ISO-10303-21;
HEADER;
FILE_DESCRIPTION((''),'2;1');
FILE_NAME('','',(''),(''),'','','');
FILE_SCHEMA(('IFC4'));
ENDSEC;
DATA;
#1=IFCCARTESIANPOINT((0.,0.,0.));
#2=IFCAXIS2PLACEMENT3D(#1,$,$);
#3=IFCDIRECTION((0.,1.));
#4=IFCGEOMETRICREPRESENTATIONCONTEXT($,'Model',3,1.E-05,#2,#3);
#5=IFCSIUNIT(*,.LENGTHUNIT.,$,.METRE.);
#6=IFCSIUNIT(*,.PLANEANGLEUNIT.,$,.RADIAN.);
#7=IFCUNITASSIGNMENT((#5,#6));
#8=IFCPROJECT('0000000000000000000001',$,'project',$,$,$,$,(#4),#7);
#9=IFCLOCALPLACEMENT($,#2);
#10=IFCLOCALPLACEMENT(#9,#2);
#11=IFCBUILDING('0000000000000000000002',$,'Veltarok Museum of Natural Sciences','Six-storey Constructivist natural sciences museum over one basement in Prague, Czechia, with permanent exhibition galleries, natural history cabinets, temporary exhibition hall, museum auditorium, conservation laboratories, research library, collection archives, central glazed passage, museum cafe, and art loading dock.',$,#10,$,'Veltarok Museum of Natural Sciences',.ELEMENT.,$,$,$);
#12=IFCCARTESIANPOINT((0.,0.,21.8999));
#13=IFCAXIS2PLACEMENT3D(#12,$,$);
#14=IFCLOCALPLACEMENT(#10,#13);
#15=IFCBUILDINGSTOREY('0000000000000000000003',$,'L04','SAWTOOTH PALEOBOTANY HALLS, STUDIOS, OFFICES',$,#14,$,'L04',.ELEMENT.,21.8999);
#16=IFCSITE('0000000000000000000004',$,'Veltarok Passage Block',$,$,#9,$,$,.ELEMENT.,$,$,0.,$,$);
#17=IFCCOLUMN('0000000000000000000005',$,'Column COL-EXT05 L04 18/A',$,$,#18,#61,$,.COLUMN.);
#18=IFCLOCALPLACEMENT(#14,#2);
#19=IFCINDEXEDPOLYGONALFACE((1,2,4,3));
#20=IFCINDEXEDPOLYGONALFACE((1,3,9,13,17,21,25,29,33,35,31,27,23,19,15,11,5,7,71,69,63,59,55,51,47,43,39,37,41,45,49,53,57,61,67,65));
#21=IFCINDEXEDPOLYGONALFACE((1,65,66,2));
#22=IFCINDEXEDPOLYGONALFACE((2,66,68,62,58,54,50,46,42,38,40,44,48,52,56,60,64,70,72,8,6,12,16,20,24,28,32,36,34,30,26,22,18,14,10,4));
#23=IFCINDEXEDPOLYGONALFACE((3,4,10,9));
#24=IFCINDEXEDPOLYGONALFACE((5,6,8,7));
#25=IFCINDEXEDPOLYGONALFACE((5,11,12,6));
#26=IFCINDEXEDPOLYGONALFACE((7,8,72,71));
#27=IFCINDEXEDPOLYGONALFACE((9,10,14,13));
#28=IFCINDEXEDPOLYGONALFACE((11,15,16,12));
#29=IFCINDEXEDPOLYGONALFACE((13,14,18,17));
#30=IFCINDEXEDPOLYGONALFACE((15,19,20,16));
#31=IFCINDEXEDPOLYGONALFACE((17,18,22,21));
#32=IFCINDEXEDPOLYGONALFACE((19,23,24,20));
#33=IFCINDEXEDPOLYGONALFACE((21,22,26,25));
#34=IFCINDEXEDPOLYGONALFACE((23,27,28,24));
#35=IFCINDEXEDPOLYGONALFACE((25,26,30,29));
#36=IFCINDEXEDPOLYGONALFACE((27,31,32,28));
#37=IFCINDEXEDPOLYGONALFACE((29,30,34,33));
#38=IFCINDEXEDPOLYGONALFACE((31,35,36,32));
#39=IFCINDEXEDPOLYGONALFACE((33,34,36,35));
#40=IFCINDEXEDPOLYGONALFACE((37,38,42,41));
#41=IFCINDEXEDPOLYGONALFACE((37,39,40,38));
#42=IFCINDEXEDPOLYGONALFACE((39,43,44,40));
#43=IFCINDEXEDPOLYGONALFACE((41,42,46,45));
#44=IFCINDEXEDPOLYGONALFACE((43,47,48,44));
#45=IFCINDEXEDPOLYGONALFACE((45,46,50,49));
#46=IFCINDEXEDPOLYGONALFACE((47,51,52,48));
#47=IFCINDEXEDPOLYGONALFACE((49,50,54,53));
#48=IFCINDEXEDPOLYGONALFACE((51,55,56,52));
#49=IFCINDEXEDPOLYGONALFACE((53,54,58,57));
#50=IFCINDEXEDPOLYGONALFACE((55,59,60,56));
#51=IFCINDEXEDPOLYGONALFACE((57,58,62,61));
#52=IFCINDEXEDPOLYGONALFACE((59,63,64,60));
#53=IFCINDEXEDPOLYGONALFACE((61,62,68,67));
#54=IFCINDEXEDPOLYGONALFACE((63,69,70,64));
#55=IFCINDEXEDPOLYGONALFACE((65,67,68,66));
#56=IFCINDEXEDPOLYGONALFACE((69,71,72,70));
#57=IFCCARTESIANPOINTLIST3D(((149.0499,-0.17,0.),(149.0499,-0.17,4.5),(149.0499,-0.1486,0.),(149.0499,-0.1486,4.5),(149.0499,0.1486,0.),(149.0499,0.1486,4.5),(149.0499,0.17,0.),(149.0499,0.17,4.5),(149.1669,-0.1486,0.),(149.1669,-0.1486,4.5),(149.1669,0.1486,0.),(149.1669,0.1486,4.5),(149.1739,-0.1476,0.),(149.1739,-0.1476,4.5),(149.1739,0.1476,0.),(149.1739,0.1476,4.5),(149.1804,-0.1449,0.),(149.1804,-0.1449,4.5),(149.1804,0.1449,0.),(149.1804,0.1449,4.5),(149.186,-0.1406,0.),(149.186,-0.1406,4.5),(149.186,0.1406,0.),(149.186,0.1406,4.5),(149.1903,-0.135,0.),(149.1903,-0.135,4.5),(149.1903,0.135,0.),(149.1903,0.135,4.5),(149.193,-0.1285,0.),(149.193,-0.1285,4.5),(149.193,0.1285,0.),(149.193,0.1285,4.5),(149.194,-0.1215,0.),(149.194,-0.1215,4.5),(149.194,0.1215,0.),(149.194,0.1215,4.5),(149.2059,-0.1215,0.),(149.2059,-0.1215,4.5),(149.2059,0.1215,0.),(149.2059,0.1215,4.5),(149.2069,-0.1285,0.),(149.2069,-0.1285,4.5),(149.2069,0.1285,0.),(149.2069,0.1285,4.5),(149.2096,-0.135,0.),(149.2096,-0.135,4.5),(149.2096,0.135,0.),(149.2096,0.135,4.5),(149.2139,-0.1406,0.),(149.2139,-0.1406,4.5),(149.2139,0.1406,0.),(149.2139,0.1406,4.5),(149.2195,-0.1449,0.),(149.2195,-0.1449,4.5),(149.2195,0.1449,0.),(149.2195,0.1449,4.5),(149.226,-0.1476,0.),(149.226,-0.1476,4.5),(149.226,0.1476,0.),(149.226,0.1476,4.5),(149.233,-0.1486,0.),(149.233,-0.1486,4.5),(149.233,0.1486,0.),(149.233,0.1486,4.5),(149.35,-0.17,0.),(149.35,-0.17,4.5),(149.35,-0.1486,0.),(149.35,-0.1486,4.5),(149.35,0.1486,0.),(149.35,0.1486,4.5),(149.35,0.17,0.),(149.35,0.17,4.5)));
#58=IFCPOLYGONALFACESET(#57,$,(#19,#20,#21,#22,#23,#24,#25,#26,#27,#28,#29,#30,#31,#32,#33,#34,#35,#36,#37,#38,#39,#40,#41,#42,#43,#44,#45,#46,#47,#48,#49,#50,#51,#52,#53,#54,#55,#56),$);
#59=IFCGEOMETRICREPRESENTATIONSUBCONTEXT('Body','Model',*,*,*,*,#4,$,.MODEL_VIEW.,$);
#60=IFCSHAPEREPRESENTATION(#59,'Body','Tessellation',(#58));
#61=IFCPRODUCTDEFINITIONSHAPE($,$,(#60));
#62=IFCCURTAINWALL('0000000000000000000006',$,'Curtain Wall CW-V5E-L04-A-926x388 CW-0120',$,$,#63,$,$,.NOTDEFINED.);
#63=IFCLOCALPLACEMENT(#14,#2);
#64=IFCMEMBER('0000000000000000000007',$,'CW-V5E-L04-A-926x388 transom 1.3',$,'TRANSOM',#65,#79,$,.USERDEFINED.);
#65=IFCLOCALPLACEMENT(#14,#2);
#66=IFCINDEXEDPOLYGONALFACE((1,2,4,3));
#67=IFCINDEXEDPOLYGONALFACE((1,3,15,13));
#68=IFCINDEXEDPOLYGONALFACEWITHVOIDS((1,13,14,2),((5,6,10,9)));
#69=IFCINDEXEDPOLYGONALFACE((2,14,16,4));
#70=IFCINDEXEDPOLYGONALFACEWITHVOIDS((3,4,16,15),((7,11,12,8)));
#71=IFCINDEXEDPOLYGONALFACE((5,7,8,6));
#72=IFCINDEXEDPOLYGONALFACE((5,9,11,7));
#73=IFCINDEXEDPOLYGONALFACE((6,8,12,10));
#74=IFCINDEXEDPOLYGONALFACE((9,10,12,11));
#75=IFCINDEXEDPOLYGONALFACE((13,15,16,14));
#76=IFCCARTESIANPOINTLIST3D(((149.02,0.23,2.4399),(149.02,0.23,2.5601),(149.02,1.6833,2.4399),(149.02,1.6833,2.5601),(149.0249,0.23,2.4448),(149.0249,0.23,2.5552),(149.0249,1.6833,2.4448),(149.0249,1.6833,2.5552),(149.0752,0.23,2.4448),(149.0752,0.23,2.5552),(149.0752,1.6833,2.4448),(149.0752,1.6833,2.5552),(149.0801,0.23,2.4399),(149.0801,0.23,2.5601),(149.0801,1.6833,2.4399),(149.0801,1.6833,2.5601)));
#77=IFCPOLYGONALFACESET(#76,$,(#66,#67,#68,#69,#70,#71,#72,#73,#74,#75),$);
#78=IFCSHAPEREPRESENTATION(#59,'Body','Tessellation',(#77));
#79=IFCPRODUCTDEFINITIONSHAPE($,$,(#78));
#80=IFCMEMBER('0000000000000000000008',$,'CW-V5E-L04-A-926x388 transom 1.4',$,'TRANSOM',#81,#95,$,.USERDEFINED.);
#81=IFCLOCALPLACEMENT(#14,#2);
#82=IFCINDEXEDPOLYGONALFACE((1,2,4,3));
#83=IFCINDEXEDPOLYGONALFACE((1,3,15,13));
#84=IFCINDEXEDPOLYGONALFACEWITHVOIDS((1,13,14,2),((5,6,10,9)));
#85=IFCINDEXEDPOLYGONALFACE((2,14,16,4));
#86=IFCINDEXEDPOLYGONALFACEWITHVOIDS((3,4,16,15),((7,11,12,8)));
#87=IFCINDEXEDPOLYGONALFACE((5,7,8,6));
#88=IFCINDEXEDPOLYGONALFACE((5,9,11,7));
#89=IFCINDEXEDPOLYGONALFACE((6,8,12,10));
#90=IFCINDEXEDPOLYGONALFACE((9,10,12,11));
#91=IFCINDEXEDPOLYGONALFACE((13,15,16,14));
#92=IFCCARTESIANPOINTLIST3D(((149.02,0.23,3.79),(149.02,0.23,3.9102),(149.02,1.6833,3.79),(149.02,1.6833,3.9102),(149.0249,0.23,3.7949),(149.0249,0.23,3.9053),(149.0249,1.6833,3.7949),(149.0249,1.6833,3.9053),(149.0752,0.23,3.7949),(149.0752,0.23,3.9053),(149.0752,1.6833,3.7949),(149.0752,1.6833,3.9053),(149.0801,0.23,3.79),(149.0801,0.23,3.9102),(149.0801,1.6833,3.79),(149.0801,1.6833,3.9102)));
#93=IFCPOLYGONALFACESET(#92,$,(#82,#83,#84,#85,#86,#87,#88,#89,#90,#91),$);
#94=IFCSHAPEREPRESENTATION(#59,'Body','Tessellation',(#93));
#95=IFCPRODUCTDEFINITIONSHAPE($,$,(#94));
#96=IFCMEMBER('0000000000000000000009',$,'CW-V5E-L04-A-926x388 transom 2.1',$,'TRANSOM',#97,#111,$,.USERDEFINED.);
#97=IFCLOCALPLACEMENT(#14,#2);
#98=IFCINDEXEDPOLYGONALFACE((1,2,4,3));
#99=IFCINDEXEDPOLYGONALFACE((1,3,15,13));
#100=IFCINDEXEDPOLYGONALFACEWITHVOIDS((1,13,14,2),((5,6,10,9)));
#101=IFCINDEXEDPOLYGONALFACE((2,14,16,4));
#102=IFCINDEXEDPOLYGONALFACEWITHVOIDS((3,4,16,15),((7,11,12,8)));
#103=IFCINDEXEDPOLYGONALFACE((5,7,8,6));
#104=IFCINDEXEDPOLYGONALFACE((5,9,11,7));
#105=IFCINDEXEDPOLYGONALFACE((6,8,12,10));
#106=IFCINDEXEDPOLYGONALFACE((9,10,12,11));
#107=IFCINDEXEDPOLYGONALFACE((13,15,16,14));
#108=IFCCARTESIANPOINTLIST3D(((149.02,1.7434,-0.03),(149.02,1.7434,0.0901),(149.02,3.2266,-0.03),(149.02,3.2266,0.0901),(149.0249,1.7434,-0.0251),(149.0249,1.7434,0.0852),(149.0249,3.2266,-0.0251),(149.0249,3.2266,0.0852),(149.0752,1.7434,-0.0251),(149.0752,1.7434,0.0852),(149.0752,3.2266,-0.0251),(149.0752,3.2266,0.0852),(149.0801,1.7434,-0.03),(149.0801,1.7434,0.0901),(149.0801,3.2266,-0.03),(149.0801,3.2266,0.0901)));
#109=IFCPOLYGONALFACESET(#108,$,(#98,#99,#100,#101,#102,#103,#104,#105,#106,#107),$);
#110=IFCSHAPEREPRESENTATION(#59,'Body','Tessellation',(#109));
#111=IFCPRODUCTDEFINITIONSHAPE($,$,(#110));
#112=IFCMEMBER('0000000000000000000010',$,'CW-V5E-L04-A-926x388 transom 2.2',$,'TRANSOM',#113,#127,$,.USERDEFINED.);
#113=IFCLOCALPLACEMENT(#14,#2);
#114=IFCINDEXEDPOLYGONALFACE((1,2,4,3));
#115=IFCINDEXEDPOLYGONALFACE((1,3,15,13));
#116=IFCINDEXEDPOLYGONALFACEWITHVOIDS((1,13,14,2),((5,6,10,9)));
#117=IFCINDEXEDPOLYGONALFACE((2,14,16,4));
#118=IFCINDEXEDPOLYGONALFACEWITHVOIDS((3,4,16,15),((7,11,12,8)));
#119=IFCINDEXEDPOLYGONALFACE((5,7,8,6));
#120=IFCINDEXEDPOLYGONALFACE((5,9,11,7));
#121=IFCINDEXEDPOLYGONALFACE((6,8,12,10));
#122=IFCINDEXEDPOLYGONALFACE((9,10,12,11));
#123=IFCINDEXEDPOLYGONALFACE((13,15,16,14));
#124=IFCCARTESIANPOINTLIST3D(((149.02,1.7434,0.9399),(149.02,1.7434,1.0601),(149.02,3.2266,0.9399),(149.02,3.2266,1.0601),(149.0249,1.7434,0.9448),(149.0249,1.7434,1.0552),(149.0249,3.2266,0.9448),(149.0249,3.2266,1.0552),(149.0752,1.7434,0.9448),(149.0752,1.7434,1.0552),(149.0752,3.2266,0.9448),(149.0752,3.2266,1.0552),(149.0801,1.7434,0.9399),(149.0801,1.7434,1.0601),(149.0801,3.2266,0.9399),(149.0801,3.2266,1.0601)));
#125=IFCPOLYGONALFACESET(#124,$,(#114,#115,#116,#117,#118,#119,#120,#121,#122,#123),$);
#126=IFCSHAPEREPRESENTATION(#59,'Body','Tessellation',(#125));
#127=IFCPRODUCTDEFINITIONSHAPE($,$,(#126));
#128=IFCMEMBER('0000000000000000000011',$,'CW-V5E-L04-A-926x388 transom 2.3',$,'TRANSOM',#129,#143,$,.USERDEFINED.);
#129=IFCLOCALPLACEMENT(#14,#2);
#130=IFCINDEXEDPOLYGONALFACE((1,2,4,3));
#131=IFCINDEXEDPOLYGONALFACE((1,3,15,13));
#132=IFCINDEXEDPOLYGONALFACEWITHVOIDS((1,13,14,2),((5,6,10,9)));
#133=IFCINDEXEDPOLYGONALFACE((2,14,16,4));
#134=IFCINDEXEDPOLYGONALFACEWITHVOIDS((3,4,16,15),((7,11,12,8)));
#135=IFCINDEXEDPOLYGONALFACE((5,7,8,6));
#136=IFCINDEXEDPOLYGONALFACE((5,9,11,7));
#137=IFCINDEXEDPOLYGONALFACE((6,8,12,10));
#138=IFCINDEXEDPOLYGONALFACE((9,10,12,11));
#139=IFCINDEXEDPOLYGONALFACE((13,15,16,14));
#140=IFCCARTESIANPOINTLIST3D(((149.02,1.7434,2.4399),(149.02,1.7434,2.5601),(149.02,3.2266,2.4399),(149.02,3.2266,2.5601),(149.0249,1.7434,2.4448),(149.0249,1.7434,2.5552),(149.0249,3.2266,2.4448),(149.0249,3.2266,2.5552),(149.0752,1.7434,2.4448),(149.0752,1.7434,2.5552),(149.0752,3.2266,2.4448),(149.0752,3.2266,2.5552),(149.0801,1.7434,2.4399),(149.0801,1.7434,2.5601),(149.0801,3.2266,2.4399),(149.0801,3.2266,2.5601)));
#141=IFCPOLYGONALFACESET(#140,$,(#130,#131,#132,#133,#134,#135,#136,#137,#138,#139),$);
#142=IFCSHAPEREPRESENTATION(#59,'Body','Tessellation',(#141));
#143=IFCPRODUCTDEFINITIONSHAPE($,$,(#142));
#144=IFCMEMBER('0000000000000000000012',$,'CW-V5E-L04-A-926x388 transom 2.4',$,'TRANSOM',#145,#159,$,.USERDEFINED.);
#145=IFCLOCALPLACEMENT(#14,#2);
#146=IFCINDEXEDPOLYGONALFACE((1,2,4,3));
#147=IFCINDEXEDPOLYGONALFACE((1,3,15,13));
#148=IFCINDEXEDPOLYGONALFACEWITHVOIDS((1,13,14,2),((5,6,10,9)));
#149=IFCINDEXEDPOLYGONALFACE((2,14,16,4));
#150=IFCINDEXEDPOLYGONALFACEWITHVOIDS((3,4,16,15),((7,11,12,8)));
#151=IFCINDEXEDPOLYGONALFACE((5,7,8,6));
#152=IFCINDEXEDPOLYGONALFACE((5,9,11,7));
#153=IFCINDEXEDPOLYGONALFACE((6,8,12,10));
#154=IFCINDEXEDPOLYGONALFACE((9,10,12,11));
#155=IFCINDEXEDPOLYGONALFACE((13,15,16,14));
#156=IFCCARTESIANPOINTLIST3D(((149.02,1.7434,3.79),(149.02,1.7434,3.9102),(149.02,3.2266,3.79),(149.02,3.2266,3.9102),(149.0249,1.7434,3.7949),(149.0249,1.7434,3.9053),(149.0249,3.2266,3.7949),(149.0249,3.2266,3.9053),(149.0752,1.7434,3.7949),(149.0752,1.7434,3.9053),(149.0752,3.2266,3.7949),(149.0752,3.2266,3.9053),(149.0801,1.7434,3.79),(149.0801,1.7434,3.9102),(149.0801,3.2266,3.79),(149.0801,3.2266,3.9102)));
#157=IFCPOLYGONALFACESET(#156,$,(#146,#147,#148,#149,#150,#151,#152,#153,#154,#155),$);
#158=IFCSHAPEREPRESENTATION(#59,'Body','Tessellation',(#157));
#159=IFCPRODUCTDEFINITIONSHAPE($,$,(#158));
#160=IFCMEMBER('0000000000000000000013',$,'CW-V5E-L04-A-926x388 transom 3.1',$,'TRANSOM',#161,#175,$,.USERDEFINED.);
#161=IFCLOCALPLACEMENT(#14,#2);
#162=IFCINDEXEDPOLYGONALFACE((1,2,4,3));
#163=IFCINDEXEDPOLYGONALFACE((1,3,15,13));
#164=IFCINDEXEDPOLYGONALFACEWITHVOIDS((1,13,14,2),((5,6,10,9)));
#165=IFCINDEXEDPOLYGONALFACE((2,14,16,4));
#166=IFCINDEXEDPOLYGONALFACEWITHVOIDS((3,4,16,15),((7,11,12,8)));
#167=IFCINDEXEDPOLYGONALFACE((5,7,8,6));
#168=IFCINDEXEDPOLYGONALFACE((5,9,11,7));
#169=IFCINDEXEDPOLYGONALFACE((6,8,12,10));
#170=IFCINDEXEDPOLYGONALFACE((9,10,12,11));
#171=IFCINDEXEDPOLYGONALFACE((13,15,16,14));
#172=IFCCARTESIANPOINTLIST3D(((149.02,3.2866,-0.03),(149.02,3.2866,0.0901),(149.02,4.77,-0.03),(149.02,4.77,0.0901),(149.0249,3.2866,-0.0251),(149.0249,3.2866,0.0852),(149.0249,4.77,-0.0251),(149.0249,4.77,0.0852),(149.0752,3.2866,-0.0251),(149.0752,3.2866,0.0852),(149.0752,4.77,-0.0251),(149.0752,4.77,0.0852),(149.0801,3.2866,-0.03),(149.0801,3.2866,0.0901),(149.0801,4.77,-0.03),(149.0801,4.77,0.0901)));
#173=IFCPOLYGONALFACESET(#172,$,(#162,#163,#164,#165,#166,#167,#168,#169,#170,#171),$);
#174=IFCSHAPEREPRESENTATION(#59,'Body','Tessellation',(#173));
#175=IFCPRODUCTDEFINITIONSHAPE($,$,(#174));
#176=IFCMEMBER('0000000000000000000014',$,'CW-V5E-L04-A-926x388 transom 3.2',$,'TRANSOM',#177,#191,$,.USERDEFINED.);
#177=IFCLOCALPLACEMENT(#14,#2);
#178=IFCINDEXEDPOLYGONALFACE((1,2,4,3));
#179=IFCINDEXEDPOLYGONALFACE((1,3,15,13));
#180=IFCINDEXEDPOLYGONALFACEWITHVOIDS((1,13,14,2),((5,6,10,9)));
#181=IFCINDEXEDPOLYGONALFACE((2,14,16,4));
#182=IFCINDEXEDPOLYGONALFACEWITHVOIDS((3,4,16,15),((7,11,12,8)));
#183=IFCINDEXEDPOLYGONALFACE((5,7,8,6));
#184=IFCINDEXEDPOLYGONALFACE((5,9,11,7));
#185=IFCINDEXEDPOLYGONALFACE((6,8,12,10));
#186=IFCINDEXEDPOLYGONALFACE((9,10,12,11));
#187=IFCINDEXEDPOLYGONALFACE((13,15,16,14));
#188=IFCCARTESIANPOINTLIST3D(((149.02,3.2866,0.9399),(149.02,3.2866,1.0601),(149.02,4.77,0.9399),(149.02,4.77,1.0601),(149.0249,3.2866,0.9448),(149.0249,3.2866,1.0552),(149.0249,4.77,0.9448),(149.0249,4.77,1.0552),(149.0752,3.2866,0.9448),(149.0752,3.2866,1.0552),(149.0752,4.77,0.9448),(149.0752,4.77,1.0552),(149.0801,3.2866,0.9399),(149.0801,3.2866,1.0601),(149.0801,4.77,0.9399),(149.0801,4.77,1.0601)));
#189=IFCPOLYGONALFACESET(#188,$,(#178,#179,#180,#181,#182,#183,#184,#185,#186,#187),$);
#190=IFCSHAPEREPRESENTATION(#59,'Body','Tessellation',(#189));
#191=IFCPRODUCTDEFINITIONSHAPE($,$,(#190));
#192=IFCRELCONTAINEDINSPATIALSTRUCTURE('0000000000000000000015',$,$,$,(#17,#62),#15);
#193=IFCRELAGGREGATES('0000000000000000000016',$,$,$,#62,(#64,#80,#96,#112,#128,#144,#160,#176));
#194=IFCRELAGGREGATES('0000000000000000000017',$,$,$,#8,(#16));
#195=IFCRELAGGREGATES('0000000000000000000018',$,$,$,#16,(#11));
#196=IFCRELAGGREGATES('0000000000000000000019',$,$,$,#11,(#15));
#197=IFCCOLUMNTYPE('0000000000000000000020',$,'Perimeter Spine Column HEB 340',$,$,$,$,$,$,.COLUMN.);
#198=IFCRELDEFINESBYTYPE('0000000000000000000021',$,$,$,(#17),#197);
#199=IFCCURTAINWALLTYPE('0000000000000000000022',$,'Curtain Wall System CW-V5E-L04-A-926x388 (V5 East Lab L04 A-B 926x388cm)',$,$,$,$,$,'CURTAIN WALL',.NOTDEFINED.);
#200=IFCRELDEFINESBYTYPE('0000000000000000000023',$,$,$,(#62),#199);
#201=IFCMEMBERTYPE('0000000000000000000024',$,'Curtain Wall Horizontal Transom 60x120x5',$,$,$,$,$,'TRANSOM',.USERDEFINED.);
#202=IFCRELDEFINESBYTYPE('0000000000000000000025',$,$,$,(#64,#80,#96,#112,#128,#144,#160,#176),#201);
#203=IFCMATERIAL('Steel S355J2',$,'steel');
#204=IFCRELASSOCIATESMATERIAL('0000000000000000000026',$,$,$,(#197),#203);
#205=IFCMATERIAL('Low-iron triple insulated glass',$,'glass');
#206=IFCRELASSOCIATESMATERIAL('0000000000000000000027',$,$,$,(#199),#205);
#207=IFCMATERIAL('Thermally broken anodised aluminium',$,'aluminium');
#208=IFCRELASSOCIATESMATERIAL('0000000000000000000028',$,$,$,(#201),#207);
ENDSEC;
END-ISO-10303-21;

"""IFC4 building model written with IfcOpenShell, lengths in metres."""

from ifc_helpers import new_model, si_unit, direction, frame, origin, origin_2d, place, context, subcontext, project, spatial, hollow_rectangle, i_section, extrude, material, material_profile, profile_set, type_object, element, aggregate, save


model = new_model("IFC4")

# Units and contexts
model_context = context("Model", 3, precision=1e-05, world=origin(), true_north=direction((0.0, 1.0)))
body_context = subcontext(model_context, "Body", "Model", "MODEL_VIEW")
ifc_project = project(units=[si_unit("LENGTHUNIT", "METRE"), si_unit("PLANEANGLEUNIT", "RADIAN")], contexts=[model_context])

# Site, building, storey
site_placement = place(None, origin())
site = spatial("IfcSite", under=ifc_project, at=site_placement, Name="Veltarok Passage Block", CompositionType="ELEMENT", RefElevation=0.0)
building_placement = place(site_placement, origin())
building = spatial("IfcBuilding", under=site, at=building_placement, Name="Veltarok Museum of Natural Sciences", Description="Six-storey Constructivist natural sciences museum over one basement in Prague, Czechia, with permanent exhibition galleries, natural history cabinets, temporary exhibition hall, museum auditorium, conservation laboratories, research library, collection archives, central glazed passage, museum cafe, and art loading dock.", LongName="Veltarok Museum of Natural Sciences", CompositionType="ELEMENT")
storey_placement = place(building_placement, frame((0.0, 0.0, 21.8999)))
storey = spatial("IfcBuildingStorey", under=building, at=storey_placement, Name="L04", Description="SAWTOOTH PALEOBOTANY HALLS, STUDIOS, OFFICES", LongName="L04", CompositionType="ELEMENT", Elevation=21.8999)

# Column
ifc_material_1 = material(Name="Steel S355J2", Category="steel")
ifc_material_profile_1 = material_profile(ifc_material_1, i_section(OverallWidth=0.3, OverallDepth=0.3401, WebThickness=0.012, FlangeThickness=0.0215, FilletRadius=0.0271, at=origin_2d()), Name="HEB 340")
ifc_profile_set_1 = profile_set([ifc_material_profile_1], Name="Steel S355J2")
column_type = type_object("IfcColumnType", Name="Perimeter Spine Column HEB 340", PredefinedType="COLUMN", material=ifc_profile_set_1)
column_placement = place(storey_placement, frame((149.2, 0.0, 0.0), z_axis=(0.0, 0.0, 1.0), x_axis=(1.0, 0.0, 0.0)))
element("IfcColumn", 1, at=column_placement, inside=storey, type_object=column_type, Name="Column COL-EXT05 L04 18/A", PredefinedType="COLUMN", context=body_context, shape_type="SweptSolid", body=[
    extrude(i_section(OverallWidth=0.3, OverallDepth=0.3401, WebThickness=0.012, FlangeThickness=0.0215, FilletRadius=0.0271, at=origin_2d()), origin(), (0.0, 0.0, 1.0), 4.5),
])

# Curtain wall, members
ifc_material_2 = material(Name="Low-iron triple insulated glass", Category="glass")
curtain_wall_type = type_object("IfcCurtainWallType", Name="Curtain Wall System CW-V5E-L04-A-926x388 (V5 East Lab L04 A-B 926x388cm)", ElementType="CURTAIN WALL", PredefinedType="NOTDEFINED", material=ifc_material_2)
curtain_wall_placement = place(storey_placement, origin())
curtain_wall = element("IfcCurtainWall", 2, at=curtain_wall_placement, inside=storey, type_object=curtain_wall_type, Name="Curtain Wall CW-V5E-L04-A-926x388 CW-0120", PredefinedType="NOTDEFINED")
ifc_material_3 = material(Name="Thermally broken anodised aluminium", Category="aluminium")
ifc_material_profile_2 = material_profile(ifc_material_3, hollow_rectangle(XDim=0.0601, YDim=0.1201, WallThickness=0.0049, at=origin_2d()), Name="CW TRANSOM 60x120x5")
ifc_profile_set_2 = profile_set([ifc_material_profile_2], Name="Thermally broken anodised aluminium")
member_type_1 = type_object("IfcMemberType", Name="Curtain Wall Horizontal Transom 60x120x5", ElementType="TRANSOM", PredefinedType="USERDEFINED", material=ifc_profile_set_2)
member_1_placement = place(storey_placement, frame((149.05, 0.23, 2.5), z_axis=(0.0, 1.0, 0.0), x_axis=(-1.0, 0.0, 0.0)))
member_1 = element("IfcMember", 3, at=member_1_placement, type_object=member_type_1, Name="CW-V5E-L04-A-926x388 transom 1.3", ObjectType="TRANSOM", PredefinedType="USERDEFINED", context=body_context, shape_type="SweptSolid", body=[
    extrude(hollow_rectangle(XDim=0.0601, YDim=0.1201, WallThickness=0.0049, at=origin_2d()), origin(), (0.0, 0.0, 1.0), 1.4534),
])
member_2_placement = place(storey_placement, frame((149.05, 0.23, 3.8501), z_axis=(0.0, 1.0, 0.0), x_axis=(-1.0, 0.0, 0.0)))
member_2 = element("IfcMember", 4, at=member_2_placement, type_object=member_type_1, Name="CW-V5E-L04-A-926x388 transom 1.4", ObjectType="TRANSOM", PredefinedType="USERDEFINED", context=body_context, shape_type="SweptSolid", body=[
    extrude(hollow_rectangle(XDim=0.0601, YDim=0.1201, WallThickness=0.0049, at=origin_2d()), origin(), (0.0, 0.0, 1.0), 1.4534),
])
member_3_placement = place(storey_placement, frame((149.05, 1.7434, 0.03), z_axis=(0.0, 1.0, 0.0), x_axis=(-1.0, 0.0, 0.0)))
member_3 = element("IfcMember", 5, at=member_3_placement, type_object=member_type_1, Name="CW-V5E-L04-A-926x388 transom 2.1", ObjectType="TRANSOM", PredefinedType="USERDEFINED", context=body_context, shape_type="SweptSolid", body=[
    extrude(hollow_rectangle(XDim=0.0601, YDim=0.1201, WallThickness=0.0049, at=origin_2d()), origin(), (0.0, 0.0, 1.0), 1.4832),
])
member_4_placement = place(storey_placement, frame((149.05, 1.7434, 1.0), z_axis=(0.0, 1.0, 0.0), x_axis=(-1.0, 0.0, 0.0)))
member_4 = element("IfcMember", 6, at=member_4_placement, type_object=member_type_1, Name="CW-V5E-L04-A-926x388 transom 2.2", ObjectType="TRANSOM", PredefinedType="USERDEFINED", context=body_context, shape_type="SweptSolid", body=[
    extrude(hollow_rectangle(XDim=0.0601, YDim=0.1201, WallThickness=0.0049, at=origin_2d()), origin(), (0.0, 0.0, 1.0), 1.4832),
])
member_5_placement = place(storey_placement, frame((149.05, 1.7434, 2.5), z_axis=(0.0, 1.0, 0.0), x_axis=(-1.0, 0.0, 0.0)))
member_5 = element("IfcMember", 7, at=member_5_placement, type_object=member_type_1, Name="CW-V5E-L04-A-926x388 transom 2.3", ObjectType="TRANSOM", PredefinedType="USERDEFINED", context=body_context, shape_type="SweptSolid", body=[
    extrude(hollow_rectangle(XDim=0.0601, YDim=0.1201, WallThickness=0.0049, at=origin_2d()), origin(), (0.0, 0.0, 1.0), 1.4832),
])
member_6_placement = place(storey_placement, frame((149.05, 1.7434, 3.8501), z_axis=(0.0, 1.0, 0.0), x_axis=(-1.0, 0.0, 0.0)))
member_6 = element("IfcMember", 8, at=member_6_placement, type_object=member_type_1, Name="CW-V5E-L04-A-926x388 transom 2.4", ObjectType="TRANSOM", PredefinedType="USERDEFINED", context=body_context, shape_type="SweptSolid", body=[
    extrude(hollow_rectangle(XDim=0.0601, YDim=0.1201, WallThickness=0.0049, at=origin_2d()), origin(), (0.0, 0.0, 1.0), 1.4832),
])
member_7_placement = place(storey_placement, frame((149.05, 3.2866, 0.03), z_axis=(0.0, 1.0, 0.0), x_axis=(-1.0, 0.0, 0.0)))
member_7 = element("IfcMember", 9, at=member_7_placement, type_object=member_type_1, Name="CW-V5E-L04-A-926x388 transom 3.1", ObjectType="TRANSOM", PredefinedType="USERDEFINED", context=body_context, shape_type="SweptSolid", body=[
    extrude(hollow_rectangle(XDim=0.0601, YDim=0.1201, WallThickness=0.0049, at=origin_2d()), origin(), (0.0, 0.0, 1.0), 1.4834),
])
member_8_placement = place(storey_placement, frame((149.05, 3.2866, 1.0), z_axis=(0.0, 1.0, 0.0), x_axis=(-1.0, 0.0, 0.0)))
member_8 = element("IfcMember", 10, at=member_8_placement, type_object=member_type_1, Name="CW-V5E-L04-A-926x388 transom 3.2", ObjectType="TRANSOM", PredefinedType="USERDEFINED", context=body_context, shape_type="SweptSolid", body=[
    extrude(hollow_rectangle(XDim=0.0601, YDim=0.1201, WallThickness=0.0049, at=origin_2d()), origin(), (0.0, 0.0, 1.0), 1.4834),
])

aggregate(curtain_wall, [member_1, member_2, member_3, member_4, member_5, member_6, member_7, member_8])

save(model, "model.ifc")
